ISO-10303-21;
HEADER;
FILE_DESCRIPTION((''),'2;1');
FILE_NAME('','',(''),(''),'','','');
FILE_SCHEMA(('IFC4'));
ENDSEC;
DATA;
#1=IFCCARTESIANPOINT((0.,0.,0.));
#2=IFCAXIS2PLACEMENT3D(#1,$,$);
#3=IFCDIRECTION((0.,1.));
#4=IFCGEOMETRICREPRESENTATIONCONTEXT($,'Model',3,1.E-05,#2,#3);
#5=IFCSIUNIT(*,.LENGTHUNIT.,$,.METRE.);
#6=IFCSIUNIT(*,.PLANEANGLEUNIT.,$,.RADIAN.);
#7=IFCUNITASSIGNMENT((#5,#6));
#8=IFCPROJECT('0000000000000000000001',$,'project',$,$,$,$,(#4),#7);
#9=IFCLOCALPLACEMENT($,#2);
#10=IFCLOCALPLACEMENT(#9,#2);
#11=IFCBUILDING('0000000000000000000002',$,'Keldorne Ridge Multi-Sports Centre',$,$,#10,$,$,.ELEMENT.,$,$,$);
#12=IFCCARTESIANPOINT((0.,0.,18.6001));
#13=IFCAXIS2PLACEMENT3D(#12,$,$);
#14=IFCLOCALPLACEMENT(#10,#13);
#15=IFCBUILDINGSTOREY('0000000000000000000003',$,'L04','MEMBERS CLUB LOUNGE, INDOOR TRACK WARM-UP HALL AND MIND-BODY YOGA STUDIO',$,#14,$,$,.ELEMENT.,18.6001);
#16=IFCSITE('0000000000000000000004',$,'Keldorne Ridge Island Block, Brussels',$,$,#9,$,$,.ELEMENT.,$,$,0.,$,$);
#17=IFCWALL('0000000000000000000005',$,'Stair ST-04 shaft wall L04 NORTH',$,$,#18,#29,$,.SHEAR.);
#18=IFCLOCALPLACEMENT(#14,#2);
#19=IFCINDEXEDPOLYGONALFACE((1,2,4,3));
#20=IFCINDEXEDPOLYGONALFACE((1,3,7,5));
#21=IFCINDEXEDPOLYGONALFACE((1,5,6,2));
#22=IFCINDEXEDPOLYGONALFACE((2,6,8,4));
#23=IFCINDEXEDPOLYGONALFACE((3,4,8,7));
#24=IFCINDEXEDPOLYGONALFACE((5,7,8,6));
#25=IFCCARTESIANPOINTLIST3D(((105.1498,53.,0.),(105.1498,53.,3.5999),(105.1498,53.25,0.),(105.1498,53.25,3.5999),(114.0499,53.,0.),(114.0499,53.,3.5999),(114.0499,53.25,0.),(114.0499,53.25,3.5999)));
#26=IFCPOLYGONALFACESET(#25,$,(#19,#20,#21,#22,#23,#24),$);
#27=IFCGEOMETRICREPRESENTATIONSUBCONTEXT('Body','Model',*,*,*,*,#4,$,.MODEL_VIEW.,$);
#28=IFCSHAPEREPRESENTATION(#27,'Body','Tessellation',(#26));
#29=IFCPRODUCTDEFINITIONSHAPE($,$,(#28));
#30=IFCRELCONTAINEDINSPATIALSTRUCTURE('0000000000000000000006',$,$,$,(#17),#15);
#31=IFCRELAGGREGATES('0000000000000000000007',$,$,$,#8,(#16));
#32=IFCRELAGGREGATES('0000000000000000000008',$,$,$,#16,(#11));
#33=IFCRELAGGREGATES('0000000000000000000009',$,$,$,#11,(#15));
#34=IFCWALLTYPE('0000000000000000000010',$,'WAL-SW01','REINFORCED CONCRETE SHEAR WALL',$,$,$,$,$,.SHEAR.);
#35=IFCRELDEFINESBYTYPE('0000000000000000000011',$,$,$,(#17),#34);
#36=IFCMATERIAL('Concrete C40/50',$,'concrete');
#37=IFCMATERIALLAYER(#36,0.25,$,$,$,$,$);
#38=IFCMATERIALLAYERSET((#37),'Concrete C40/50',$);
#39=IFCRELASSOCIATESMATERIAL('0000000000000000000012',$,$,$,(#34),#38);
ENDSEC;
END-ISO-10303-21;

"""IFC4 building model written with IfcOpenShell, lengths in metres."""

from ifc_helpers import new_model, si_unit, direction, frame, frame_2d, origin, place, context, subcontext, project, spatial, rectangle, extrude, material, layer, layer_set, type_object, element, save


model = new_model("IFC4")

# Units and contexts
model_context = context("Model", 3, precision=1e-05, world=origin(), true_north=direction((0.0, 1.0)))
body_context = subcontext(model_context, "Body", "Model", "MODEL_VIEW")
ifc_project = project(units=[si_unit("LENGTHUNIT", "METRE"), si_unit("PLANEANGLEUNIT", "RADIAN")], contexts=[model_context])

# Site, building, storey
site_placement = place(None, origin())
site = spatial("IfcSite", under=ifc_project, at=site_placement, Name="Keldorne Ridge Island Block, Brussels", CompositionType="ELEMENT", RefElevation=0.0)
building_placement = place(site_placement, origin())
building = spatial("IfcBuilding", under=site, at=building_placement, Name="Keldorne Ridge Multi-Sports Centre", CompositionType="ELEMENT")
storey_placement = place(building_placement, frame((0.0, 0.0, 18.6001)))
storey = spatial("IfcBuildingStorey", under=building, at=storey_placement, Name="L04", Description="MEMBERS CLUB LOUNGE, INDOOR TRACK WARM-UP HALL AND MIND-BODY YOGA STUDIO", CompositionType="ELEMENT", Elevation=18.6001)

# Shared definitions
ifc_material_1 = material(Name="Concrete C40/50", Category="concrete")
ifc_layer_1 = layer(ifc_material_1, 0.25)
ifc_layer_set_1 = layer_set([ifc_layer_1], Name="Concrete C40/50")
wall_type_1 = type_object("IfcWallType", Name="WAL-SW01", Description="REINFORCED CONCRETE SHEAR WALL", PredefinedType="SHEAR", material=ifc_layer_set_1)

# Wall
wall_1_placement = place(storey_placement, frame((114.05, 53.125, 0.0), z_axis=(0.0, 0.0, 1.0), x_axis=(-1.0, 0.0, 0.0)))
element("IfcWall", 1, at=wall_1_placement, inside=storey, type_object=wall_type_1, Name="Stair ST-04 shaft wall L04 NORTH", PredefinedType="SHEAR", context=body_context, shape_type="SweptSolid", body=[
    extrude(rectangle(XDim=8.9001, YDim=0.25, at=frame_2d((4.4502, 0.0))), origin(), (0.0, 0.0, 1.0), 3.5999),
])

save(model, "model.ifc")
